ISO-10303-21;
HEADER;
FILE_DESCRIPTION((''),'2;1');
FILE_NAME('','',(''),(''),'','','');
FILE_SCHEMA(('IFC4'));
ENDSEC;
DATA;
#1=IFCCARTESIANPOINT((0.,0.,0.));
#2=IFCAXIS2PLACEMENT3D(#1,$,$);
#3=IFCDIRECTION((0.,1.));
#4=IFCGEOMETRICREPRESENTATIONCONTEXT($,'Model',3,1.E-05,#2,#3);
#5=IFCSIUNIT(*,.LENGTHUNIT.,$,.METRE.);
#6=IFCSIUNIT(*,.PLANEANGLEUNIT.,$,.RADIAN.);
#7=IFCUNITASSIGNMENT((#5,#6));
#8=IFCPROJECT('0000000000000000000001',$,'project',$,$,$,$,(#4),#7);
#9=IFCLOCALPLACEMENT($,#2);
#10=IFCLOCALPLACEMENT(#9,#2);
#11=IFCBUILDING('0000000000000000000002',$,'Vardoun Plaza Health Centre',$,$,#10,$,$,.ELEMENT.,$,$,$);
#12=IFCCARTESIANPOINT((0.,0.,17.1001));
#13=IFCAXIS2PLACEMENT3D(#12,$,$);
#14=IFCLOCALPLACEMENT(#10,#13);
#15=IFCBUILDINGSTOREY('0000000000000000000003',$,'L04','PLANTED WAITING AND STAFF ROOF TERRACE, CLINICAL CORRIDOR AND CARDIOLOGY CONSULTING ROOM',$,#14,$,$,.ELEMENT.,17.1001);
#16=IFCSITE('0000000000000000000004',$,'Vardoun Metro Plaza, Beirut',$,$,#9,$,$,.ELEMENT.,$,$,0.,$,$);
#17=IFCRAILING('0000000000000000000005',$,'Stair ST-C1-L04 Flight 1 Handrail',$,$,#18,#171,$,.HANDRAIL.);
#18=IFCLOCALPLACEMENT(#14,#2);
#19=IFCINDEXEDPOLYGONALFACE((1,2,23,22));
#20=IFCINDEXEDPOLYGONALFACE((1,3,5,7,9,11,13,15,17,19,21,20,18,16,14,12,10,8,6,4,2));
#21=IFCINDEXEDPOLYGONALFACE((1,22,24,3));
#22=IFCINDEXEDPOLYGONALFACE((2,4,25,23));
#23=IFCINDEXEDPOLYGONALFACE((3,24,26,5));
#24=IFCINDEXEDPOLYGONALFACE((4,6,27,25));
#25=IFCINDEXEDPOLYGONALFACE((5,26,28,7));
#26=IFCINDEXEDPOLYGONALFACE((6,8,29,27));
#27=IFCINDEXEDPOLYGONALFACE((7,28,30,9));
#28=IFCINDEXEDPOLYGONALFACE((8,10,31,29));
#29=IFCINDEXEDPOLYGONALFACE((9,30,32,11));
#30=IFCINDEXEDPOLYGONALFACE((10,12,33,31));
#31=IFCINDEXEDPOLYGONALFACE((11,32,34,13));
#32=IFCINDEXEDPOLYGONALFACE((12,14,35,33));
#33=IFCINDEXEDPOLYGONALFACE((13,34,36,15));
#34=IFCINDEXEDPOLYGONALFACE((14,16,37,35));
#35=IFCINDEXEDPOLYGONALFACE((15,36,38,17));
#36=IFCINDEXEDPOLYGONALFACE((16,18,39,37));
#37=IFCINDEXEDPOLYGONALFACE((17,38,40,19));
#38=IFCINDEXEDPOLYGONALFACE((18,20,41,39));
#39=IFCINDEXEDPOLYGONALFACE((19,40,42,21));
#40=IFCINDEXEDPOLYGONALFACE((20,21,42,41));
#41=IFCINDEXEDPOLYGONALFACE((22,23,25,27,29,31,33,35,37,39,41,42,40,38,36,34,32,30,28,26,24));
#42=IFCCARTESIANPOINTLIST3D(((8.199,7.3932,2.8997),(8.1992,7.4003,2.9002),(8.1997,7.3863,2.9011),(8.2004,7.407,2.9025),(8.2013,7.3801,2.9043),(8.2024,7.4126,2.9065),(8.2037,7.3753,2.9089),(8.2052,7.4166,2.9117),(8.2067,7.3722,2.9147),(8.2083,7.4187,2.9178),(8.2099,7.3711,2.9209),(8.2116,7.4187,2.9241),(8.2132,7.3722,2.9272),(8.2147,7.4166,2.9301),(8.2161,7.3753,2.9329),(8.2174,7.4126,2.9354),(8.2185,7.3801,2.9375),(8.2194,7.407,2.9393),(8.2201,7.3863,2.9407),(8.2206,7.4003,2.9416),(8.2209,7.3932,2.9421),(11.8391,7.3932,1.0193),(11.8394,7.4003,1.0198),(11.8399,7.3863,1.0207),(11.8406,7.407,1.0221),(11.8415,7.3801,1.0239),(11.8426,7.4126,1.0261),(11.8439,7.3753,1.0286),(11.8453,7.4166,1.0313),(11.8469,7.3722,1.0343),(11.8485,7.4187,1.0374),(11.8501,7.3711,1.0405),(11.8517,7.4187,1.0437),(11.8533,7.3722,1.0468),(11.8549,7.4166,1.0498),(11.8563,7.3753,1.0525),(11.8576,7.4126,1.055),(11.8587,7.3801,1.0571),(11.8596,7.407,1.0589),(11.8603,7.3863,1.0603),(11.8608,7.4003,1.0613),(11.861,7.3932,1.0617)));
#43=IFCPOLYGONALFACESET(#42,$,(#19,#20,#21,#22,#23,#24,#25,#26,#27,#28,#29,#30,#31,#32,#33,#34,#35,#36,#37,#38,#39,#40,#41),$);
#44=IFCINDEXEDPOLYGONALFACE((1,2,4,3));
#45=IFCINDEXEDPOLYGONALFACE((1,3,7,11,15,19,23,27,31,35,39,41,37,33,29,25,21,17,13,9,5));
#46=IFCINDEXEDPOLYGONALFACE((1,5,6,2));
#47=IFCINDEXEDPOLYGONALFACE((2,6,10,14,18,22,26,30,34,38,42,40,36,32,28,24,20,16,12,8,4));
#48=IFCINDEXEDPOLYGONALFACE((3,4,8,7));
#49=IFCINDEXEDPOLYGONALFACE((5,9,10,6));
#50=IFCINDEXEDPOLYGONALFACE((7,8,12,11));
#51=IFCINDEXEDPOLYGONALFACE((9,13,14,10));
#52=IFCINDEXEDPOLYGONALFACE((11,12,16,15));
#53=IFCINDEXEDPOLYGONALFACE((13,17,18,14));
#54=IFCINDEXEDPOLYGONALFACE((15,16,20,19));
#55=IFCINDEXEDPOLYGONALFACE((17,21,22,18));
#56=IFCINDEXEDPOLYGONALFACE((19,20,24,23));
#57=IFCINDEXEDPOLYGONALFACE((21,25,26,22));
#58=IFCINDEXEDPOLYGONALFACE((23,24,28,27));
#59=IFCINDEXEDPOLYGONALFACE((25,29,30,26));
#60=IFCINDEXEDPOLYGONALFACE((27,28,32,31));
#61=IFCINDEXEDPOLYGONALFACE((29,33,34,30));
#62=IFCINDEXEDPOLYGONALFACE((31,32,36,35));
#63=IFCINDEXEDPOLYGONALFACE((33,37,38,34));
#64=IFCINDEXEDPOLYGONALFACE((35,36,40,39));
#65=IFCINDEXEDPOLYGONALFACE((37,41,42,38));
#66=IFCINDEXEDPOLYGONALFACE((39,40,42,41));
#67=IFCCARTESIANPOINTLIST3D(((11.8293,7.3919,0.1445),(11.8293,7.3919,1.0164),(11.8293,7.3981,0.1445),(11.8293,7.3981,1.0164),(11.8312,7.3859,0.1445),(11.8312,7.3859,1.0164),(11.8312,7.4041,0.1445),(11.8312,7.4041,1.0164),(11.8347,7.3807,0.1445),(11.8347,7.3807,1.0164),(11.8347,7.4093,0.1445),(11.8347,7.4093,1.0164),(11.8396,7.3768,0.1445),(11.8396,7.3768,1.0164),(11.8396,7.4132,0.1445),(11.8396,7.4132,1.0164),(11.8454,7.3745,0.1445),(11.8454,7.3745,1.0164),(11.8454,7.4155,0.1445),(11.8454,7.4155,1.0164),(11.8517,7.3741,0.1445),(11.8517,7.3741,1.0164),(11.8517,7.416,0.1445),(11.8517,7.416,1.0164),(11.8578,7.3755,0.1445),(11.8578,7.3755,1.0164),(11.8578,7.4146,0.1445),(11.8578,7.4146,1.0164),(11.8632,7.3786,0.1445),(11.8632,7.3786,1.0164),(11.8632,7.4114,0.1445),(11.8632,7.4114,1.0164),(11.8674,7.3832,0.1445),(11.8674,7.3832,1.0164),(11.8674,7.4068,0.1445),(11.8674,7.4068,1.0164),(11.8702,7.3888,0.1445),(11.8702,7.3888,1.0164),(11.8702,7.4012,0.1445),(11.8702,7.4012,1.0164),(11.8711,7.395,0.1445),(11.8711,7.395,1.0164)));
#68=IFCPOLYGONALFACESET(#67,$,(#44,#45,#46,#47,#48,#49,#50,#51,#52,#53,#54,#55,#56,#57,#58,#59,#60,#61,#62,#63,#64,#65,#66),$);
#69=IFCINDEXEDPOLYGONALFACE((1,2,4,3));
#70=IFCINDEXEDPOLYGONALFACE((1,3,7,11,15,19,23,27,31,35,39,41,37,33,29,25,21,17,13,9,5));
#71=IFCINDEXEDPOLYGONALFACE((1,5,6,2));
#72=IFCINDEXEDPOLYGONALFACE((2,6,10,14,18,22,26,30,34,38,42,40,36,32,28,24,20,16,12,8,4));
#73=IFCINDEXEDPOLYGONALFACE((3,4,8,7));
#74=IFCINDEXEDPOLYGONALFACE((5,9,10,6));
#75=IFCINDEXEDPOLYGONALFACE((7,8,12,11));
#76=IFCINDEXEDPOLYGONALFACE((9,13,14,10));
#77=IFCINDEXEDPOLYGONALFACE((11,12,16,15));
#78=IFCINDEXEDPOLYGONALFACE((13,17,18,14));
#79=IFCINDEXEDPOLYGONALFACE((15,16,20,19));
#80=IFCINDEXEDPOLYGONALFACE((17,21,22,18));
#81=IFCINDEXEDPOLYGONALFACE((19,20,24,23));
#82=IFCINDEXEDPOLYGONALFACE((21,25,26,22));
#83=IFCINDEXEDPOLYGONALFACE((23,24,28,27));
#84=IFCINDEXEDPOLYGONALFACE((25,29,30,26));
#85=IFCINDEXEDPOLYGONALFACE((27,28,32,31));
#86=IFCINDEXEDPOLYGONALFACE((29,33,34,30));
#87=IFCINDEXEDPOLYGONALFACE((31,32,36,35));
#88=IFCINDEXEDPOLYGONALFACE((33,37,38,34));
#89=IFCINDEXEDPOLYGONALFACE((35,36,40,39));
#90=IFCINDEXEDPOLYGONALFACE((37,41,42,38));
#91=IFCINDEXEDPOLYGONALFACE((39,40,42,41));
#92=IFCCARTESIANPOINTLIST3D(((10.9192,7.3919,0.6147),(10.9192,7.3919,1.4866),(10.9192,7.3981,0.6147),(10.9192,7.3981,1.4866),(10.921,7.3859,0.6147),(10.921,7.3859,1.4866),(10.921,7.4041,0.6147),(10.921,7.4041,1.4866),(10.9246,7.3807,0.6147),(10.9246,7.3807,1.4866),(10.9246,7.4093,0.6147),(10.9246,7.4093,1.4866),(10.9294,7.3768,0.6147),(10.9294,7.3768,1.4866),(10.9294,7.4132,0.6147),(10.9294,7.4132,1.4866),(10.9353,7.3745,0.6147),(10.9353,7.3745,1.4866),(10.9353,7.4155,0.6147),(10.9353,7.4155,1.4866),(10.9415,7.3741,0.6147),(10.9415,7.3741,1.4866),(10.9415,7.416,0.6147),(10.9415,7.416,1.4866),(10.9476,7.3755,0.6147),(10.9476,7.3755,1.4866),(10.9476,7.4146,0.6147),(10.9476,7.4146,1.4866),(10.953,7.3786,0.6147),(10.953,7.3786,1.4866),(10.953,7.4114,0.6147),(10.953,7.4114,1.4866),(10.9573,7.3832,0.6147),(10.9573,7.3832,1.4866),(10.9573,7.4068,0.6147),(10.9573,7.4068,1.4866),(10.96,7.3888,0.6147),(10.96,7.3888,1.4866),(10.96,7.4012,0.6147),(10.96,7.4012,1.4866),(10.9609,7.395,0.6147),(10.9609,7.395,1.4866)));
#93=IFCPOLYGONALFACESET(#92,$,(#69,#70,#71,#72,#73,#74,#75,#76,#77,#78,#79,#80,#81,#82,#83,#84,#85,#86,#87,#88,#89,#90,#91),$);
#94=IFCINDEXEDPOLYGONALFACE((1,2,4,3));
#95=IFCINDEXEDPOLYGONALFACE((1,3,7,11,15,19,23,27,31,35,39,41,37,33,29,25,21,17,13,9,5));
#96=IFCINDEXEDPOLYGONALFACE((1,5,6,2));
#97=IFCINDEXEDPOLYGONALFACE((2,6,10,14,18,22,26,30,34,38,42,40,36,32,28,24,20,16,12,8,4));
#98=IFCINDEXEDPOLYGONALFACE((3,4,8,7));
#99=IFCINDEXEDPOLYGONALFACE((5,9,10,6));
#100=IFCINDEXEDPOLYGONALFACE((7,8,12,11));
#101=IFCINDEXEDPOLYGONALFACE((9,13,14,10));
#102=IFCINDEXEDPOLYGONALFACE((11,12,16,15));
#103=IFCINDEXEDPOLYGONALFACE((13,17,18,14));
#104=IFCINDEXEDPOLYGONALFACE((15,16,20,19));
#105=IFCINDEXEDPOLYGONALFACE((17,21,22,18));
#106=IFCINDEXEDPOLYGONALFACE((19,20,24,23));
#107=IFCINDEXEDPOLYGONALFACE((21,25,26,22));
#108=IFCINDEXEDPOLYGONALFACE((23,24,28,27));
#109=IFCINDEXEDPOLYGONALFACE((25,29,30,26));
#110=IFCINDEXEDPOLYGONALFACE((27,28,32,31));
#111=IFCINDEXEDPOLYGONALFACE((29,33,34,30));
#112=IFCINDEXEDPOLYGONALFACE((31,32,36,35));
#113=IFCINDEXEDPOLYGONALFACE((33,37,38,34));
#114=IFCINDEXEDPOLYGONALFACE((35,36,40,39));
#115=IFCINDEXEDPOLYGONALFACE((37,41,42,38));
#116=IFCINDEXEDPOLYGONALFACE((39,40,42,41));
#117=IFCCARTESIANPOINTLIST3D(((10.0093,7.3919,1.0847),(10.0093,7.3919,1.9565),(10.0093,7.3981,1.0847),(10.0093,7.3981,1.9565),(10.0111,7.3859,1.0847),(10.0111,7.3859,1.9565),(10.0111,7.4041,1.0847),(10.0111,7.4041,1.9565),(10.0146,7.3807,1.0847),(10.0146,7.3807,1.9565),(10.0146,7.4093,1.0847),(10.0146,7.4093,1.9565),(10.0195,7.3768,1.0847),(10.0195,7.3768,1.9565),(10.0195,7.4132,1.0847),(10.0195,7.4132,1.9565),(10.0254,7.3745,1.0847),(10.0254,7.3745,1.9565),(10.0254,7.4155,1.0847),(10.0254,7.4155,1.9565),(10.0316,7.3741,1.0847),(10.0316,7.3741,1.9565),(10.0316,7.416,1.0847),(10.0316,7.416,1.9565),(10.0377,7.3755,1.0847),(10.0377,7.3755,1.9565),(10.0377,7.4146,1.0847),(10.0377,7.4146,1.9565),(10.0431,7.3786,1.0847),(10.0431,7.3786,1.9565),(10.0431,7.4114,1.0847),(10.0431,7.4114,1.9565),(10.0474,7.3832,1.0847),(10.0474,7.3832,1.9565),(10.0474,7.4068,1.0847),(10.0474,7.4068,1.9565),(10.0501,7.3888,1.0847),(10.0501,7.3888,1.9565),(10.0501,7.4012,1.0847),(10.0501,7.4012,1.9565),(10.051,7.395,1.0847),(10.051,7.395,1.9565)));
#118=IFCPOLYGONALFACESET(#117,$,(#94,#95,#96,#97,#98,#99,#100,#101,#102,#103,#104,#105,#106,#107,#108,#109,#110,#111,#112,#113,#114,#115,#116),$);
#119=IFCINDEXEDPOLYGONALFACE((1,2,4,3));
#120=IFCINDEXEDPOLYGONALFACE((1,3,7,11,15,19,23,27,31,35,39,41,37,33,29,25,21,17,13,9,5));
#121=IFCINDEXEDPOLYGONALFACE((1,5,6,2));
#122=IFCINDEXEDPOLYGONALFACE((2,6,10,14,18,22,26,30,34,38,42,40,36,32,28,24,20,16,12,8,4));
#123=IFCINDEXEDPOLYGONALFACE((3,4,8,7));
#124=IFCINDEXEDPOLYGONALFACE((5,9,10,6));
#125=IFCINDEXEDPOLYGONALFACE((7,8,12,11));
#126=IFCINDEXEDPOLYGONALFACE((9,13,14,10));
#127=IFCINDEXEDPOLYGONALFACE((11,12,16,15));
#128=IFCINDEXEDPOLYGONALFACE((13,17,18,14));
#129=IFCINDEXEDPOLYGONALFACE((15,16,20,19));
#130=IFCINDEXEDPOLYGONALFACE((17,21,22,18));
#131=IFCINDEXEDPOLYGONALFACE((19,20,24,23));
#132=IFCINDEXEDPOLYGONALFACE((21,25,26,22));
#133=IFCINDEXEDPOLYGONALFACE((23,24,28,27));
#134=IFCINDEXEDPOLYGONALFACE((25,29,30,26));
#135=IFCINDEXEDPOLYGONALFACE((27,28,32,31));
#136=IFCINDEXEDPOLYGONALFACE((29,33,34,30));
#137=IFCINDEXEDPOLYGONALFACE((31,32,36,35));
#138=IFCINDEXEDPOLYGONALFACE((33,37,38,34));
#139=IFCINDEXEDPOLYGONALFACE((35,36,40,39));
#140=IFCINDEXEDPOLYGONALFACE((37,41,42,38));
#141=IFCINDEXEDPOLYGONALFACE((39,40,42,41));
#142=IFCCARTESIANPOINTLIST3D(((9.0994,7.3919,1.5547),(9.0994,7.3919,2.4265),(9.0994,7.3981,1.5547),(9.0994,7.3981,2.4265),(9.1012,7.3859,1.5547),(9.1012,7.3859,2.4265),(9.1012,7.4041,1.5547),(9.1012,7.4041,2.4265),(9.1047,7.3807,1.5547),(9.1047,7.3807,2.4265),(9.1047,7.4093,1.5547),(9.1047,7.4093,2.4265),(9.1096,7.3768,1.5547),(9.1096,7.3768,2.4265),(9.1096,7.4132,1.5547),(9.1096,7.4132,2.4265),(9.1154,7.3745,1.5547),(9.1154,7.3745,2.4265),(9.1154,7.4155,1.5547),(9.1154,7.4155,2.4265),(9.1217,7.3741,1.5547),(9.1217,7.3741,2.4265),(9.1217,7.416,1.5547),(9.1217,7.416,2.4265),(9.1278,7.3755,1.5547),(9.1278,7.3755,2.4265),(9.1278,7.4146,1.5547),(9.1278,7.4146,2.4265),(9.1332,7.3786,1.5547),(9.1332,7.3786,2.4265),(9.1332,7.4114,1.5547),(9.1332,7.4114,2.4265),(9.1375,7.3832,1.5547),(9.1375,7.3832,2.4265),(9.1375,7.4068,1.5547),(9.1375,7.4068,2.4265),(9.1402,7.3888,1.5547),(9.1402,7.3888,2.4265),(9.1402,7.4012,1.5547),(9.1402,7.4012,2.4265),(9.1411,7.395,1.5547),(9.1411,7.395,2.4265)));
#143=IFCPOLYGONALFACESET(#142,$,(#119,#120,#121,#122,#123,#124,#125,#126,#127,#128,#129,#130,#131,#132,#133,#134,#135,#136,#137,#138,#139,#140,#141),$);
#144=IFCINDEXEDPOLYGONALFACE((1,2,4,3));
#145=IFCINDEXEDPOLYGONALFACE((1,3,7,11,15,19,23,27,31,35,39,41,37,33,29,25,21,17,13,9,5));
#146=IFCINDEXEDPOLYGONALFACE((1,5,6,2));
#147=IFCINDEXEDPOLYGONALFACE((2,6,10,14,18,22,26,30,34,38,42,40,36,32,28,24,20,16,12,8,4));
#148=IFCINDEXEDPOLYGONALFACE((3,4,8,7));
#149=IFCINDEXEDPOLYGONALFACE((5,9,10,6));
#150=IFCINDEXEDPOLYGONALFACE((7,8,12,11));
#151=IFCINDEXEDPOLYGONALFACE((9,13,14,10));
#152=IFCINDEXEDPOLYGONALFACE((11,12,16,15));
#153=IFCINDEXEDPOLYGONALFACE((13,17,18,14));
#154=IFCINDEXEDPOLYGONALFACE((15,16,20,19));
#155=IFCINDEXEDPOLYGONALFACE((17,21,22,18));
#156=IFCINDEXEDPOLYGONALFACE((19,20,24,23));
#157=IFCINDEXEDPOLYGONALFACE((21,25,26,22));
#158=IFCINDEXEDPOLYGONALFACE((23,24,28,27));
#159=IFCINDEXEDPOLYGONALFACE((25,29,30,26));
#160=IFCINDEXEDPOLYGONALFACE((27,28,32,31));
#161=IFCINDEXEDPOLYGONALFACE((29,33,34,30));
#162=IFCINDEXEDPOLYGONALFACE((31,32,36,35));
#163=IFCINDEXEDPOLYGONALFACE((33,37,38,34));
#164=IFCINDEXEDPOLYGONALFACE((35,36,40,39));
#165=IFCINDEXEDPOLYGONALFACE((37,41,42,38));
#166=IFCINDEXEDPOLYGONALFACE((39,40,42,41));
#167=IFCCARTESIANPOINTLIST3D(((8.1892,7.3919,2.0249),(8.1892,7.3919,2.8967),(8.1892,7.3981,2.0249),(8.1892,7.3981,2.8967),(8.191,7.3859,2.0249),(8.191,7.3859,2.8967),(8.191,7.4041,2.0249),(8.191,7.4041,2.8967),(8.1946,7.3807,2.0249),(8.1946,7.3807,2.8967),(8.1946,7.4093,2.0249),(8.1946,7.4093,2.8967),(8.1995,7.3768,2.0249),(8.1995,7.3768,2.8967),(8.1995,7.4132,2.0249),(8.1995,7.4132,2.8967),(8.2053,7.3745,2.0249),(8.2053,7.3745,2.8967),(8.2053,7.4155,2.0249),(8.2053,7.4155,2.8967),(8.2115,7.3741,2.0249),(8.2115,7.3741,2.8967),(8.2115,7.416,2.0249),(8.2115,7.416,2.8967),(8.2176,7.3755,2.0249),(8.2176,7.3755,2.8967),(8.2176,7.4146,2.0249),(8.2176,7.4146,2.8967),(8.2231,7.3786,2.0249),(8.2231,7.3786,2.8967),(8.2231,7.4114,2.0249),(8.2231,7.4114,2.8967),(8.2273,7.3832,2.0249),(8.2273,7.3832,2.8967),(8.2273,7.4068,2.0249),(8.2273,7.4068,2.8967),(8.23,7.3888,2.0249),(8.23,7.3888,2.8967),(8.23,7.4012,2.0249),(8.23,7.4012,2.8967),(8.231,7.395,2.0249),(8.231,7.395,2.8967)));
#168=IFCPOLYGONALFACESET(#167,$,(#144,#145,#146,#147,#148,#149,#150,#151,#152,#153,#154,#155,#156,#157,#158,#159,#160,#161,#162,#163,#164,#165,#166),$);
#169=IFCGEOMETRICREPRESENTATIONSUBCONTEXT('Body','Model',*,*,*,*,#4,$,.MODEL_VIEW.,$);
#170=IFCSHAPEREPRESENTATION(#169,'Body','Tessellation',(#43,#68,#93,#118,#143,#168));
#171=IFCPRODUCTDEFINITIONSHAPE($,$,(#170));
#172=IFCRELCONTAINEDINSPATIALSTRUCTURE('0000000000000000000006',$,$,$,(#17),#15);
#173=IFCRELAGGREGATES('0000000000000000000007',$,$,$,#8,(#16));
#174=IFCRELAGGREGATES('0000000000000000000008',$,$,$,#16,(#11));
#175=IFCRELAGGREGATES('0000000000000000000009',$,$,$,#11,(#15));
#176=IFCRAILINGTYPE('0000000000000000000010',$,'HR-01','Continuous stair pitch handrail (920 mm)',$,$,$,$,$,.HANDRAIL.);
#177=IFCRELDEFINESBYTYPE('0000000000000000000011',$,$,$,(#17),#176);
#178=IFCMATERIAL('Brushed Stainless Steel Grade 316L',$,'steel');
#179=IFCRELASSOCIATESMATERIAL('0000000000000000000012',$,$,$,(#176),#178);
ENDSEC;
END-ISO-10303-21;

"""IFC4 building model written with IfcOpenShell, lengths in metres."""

from ifc_helpers import new_model, si_unit, direction, frame, origin, origin_2d, place, context, subcontext, project, spatial, circle, extrude, material, type_object, element, save


model = new_model("IFC4")

# Units and contexts
model_context = context("Model", 3, precision=1e-05, world=origin(), true_north=direction((0.0, 1.0)))
body_context = subcontext(model_context, "Body", "Model", "MODEL_VIEW")
ifc_project = project(units=[si_unit("LENGTHUNIT", "METRE"), si_unit("PLANEANGLEUNIT", "RADIAN")], contexts=[model_context])

# Site, building, storey
site_placement = place(None, origin())
site = spatial("IfcSite", under=ifc_project, at=site_placement, Name="Vardoun Metro Plaza, Beirut", CompositionType="ELEMENT", RefElevation=0.0)
building_placement = place(site_placement, origin())
building = spatial("IfcBuilding", under=site, at=building_placement, Name="Vardoun Plaza Health Centre", CompositionType="ELEMENT")
storey_placement = place(building_placement, frame((0.0, 0.0, 17.1001)))
storey = spatial("IfcBuildingStorey", under=building, at=storey_placement, Name="L04", Description="PLANTED WAITING AND STAFF ROOF TERRACE, CLINICAL CORRIDOR AND CARDIOLOGY CONSULTING ROOM", CompositionType="ELEMENT", Elevation=17.1001)

# Railing
ifc_material_1 = material(Name="Brushed Stainless Steel Grade 316L", Category="steel")
railing_type_1 = type_object("IfcRailingType", Name="HR-01", Description="Continuous stair pitch handrail (920 mm)", PredefinedType="HANDRAIL", material=ifc_material_1)
railing_1_placement = place(storey_placement, frame((11.8501, 7.395, 0.1445)))
element("IfcRailing", 1, at=railing_1_placement, inside=storey, type_object=railing_type_1, Name="Stair ST-C1-L04 Flight 1 Handrail", PredefinedType="HANDRAIL", context=body_context, shape_type="SweptSolid", body=[
    extrude(circle(Radius=0.0239, at=origin_2d()), frame((0.0, 0.0, 0.896), z_axis=(-0.888462, 0.0, 0.45895), x_axis=(0.0, -1.0, 0.0)), (0.0, 0.0, 1.0), 4.0972),
    extrude(circle(Radius=0.021, at=origin_2d()), origin(), (0.0, 0.0, 1.0), 0.8718),
    extrude(circle(Radius=0.021, at=origin_2d()), frame((-0.9102, 0.0, 0.4702)), (0.0, 0.0, 1.0), 0.8718),
    extrude(circle(Radius=0.021, at=origin_2d()), frame((-1.8201, 0.0, 0.9402)), (0.0, 0.0, 1.0), 0.8718),
    extrude(circle(Radius=0.021, at=origin_2d()), frame((-2.73, 0.0, 1.4102)), (0.0, 0.0, 1.0), 0.8718),
    extrude(circle(Radius=0.021, at=origin_2d()), frame((-3.6401, 0.0, 1.8804)), (0.0, 0.0, 1.0), 0.8718),
])

save(model, "model.ifc")
